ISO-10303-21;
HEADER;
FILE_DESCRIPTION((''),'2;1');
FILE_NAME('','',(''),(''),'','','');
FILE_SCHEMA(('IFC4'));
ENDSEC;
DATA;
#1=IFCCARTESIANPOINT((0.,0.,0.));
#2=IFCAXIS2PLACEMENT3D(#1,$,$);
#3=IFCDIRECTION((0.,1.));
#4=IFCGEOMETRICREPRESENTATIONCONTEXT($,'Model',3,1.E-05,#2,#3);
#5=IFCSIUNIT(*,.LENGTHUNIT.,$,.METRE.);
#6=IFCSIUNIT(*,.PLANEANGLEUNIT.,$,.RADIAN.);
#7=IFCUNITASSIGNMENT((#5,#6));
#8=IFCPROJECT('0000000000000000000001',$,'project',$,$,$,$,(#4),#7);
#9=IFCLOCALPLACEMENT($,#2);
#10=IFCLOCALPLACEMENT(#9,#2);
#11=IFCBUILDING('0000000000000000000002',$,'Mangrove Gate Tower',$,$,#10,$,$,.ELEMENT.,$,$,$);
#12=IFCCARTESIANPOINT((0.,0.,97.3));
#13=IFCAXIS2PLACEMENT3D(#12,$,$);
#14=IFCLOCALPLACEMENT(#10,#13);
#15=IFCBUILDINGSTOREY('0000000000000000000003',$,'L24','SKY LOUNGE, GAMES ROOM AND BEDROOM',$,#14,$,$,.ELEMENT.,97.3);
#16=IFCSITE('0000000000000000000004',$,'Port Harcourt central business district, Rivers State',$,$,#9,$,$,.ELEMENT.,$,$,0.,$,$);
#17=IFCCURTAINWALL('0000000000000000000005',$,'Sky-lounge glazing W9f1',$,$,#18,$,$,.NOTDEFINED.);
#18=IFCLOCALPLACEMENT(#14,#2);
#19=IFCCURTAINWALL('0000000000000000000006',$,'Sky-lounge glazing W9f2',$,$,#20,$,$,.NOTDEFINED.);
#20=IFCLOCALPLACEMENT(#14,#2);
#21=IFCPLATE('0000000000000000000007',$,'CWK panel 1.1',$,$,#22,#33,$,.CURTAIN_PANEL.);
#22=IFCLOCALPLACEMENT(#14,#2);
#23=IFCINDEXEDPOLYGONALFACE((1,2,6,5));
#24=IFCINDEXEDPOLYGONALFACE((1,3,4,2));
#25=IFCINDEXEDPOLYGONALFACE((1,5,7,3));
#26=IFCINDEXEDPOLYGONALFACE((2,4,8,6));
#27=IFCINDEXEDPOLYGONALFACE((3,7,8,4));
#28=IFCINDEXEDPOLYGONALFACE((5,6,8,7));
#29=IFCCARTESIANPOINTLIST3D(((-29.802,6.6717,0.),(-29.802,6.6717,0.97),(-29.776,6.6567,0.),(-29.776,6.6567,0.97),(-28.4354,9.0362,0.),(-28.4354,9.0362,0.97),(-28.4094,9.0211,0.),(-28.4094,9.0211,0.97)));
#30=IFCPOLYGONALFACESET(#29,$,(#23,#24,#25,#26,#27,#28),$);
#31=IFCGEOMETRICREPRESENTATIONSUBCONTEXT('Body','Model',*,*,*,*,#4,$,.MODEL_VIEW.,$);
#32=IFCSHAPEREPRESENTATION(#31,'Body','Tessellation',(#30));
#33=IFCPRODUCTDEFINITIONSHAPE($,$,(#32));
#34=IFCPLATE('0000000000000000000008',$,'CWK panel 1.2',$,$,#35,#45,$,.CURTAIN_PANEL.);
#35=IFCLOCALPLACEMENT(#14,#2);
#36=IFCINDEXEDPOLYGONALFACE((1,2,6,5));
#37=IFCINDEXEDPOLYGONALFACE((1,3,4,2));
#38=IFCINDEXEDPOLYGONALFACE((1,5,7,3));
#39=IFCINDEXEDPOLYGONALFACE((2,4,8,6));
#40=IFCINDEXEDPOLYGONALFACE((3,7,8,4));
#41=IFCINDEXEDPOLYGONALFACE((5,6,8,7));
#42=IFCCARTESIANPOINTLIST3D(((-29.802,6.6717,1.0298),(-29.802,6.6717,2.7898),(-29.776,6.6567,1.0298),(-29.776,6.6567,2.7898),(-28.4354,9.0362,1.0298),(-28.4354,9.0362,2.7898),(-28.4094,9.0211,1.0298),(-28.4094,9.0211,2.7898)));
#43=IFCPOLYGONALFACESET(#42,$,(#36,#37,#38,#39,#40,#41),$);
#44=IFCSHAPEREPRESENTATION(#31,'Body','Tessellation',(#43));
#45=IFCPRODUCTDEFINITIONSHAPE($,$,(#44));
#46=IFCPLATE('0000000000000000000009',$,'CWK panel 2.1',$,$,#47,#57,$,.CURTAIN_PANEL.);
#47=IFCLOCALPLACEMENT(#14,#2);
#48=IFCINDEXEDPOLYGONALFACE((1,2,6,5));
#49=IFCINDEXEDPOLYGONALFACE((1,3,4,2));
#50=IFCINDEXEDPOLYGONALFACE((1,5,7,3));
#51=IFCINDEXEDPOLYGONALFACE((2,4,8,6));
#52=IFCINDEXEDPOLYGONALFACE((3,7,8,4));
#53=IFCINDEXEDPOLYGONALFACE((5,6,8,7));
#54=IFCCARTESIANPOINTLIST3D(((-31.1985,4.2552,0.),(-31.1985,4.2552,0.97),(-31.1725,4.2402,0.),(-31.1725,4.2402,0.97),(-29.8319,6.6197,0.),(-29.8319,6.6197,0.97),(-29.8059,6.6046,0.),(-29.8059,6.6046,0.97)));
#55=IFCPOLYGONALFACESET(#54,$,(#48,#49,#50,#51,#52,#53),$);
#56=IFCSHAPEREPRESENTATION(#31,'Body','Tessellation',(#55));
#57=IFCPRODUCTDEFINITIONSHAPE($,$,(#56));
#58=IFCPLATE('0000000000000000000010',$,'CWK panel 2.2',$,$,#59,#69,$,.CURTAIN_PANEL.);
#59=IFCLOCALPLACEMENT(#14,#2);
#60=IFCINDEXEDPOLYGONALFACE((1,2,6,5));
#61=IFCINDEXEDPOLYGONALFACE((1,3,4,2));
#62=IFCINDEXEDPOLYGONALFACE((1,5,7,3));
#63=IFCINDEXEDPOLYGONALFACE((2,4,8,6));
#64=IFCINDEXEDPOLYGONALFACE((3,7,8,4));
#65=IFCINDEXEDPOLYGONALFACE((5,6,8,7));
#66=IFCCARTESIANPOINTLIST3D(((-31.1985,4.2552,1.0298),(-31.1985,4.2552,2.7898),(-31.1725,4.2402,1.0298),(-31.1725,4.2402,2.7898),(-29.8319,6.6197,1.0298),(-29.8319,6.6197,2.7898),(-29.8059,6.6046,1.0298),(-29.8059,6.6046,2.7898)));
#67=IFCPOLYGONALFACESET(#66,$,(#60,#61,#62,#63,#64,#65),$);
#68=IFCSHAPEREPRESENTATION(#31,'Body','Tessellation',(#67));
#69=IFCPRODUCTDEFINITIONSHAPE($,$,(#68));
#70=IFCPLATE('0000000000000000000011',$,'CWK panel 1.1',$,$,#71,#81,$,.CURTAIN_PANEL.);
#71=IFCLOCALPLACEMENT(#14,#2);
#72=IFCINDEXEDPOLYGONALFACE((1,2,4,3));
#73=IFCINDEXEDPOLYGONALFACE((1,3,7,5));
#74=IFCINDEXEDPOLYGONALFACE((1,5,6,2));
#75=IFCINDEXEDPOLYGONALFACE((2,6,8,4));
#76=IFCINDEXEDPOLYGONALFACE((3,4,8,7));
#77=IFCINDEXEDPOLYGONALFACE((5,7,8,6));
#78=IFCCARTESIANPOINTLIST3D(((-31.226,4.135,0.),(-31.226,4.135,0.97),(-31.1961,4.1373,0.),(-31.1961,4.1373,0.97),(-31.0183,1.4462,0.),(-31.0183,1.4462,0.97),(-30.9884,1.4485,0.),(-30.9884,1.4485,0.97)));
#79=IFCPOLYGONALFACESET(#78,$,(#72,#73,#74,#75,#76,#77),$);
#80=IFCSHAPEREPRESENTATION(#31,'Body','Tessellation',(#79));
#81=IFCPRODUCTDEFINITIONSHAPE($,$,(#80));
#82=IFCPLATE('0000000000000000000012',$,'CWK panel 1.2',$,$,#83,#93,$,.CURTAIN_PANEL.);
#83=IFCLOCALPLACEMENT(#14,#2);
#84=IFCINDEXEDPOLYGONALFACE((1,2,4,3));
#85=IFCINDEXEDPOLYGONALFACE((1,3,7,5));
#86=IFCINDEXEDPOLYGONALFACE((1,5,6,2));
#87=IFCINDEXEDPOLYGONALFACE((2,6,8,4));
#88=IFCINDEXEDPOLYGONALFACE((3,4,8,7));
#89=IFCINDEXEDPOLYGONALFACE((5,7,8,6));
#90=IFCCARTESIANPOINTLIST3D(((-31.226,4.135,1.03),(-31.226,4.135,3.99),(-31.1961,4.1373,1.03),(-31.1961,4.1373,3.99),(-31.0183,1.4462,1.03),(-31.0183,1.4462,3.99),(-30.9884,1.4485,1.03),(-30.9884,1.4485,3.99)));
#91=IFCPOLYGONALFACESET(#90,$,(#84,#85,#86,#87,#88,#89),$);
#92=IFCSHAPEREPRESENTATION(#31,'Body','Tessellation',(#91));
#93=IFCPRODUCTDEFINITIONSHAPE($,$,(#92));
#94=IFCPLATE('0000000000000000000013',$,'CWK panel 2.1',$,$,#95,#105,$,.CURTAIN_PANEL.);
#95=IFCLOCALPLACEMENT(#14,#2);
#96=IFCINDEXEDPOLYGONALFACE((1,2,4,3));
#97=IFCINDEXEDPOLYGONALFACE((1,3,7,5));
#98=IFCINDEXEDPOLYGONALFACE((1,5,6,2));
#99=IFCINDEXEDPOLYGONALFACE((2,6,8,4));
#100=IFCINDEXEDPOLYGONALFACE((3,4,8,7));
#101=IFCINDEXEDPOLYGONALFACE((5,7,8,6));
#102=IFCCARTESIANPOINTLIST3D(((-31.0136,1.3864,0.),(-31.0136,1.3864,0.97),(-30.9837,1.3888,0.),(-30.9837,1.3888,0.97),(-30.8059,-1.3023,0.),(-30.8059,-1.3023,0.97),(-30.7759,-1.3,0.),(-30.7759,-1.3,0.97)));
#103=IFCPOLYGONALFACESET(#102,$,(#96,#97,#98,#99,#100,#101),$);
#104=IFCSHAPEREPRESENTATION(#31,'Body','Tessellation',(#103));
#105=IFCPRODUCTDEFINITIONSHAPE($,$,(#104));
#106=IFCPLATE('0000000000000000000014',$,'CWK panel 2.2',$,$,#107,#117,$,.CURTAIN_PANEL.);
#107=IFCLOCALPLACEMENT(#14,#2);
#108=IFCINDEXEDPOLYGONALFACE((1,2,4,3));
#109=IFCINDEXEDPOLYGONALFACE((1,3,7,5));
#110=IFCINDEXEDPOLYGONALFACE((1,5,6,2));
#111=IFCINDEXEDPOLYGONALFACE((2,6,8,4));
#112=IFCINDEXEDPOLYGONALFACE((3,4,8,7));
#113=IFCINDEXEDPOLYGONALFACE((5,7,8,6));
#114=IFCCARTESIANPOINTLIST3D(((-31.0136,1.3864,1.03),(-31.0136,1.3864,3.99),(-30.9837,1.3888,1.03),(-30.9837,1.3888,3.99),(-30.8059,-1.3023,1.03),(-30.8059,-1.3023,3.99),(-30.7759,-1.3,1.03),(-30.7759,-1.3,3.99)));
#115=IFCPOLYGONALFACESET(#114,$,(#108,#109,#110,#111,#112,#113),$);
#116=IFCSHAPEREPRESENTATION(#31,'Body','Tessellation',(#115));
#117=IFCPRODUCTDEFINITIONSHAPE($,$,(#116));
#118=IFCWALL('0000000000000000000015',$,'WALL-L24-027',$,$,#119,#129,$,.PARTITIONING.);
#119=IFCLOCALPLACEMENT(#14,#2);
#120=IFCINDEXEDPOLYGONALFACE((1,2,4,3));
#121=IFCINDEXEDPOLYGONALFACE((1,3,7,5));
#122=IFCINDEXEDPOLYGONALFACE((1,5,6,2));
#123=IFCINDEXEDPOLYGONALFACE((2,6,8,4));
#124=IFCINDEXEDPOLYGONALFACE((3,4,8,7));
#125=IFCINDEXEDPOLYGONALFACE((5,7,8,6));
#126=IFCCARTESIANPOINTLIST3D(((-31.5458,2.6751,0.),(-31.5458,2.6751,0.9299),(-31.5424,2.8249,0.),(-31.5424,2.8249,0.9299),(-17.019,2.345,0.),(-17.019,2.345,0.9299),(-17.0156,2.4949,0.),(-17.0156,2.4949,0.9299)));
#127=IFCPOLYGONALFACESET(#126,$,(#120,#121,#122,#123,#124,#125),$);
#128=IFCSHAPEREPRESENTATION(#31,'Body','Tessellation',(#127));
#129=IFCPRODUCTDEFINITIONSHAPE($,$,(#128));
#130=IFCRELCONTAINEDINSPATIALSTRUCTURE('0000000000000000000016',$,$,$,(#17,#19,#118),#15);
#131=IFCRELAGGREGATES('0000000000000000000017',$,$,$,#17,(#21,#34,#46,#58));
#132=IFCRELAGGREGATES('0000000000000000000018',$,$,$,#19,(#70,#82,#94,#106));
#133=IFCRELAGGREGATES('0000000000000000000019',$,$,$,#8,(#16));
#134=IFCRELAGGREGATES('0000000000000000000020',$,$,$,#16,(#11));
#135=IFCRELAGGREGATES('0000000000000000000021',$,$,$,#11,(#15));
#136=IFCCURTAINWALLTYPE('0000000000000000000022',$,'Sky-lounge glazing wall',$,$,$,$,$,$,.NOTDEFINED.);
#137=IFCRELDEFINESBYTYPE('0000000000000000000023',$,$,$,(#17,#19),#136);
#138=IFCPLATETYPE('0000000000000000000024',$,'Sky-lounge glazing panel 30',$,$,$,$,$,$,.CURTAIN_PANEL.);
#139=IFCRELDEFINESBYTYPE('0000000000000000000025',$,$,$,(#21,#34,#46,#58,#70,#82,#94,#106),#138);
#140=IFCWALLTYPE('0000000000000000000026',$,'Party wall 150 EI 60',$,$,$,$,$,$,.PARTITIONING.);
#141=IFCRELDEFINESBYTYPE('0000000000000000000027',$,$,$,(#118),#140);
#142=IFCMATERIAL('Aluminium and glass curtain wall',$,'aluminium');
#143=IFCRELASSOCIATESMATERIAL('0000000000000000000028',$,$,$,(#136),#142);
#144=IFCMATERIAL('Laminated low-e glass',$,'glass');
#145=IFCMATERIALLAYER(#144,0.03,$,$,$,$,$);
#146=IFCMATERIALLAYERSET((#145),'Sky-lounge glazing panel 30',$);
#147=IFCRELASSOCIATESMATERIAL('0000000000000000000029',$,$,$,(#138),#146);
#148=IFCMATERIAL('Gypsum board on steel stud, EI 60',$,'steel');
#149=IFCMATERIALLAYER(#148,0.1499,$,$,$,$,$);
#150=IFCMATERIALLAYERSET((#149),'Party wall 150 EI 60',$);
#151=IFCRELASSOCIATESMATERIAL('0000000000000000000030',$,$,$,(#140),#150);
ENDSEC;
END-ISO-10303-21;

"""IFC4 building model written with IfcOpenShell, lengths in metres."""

from ifc_helpers import new_model, si_unit, direction, frame, frame_2d, origin, origin_2d, place, context, subcontext, project, spatial, rectangle, extrude, material, layer, layer_set, type_object, element, aggregate, save


model = new_model("IFC4")

# Units and contexts
model_context = context("Model", 3, precision=1e-05, world=origin(), true_north=direction((0.0, 1.0)))
body_context = subcontext(model_context, "Body", "Model", "MODEL_VIEW")
ifc_project = project(units=[si_unit("LENGTHUNIT", "METRE"), si_unit("PLANEANGLEUNIT", "RADIAN")], contexts=[model_context])

# Site, building, storey
site_placement = place(None, origin())
site = spatial("IfcSite", under=ifc_project, at=site_placement, Name="Port Harcourt central business district, Rivers State", CompositionType="ELEMENT", RefElevation=0.0)
building_placement = place(site_placement, origin())
building = spatial("IfcBuilding", under=site, at=building_placement, Name="Mangrove Gate Tower", CompositionType="ELEMENT")
storey_placement = place(building_placement, frame((0.0, 0.0, 97.3)))
storey = spatial("IfcBuildingStorey", under=building, at=storey_placement, Name="L24", Description="SKY LOUNGE, GAMES ROOM AND BEDROOM", CompositionType="ELEMENT", Elevation=97.3)

# Curtain walls
ifc_material_1 = material(Name="Aluminium and glass curtain wall", Category="aluminium")
curtain_wall_type = type_object("IfcCurtainWallType", Name="Sky-lounge glazing wall", PredefinedType="NOTDEFINED", material=ifc_material_1)
curtain_wall_1_placement = place(storey_placement, origin())
curtain_wall_1 = element("IfcCurtainWall", 1, at=curtain_wall_1_placement, inside=storey, type_object=curtain_wall_type, Name="Sky-lounge glazing W9f1", PredefinedType="NOTDEFINED")
curtain_wall_2_placement = place(storey_placement, origin())
curtain_wall_2 = element("IfcCurtainWall", 2, at=curtain_wall_2_placement, inside=storey, type_object=curtain_wall_type, Name="Sky-lounge glazing W9f2", PredefinedType="NOTDEFINED")

# Plates
ifc_material_2 = material(Name="Laminated low-e glass", Category="glass")
ifc_layer_1 = layer(ifc_material_2, 0.03)
ifc_layer_set_1 = layer_set([ifc_layer_1], Name="Sky-lounge glazing panel 30")
plate_type = type_object("IfcPlateType", Name="Sky-lounge glazing panel 30", PredefinedType="CURTAIN_PANEL", material=ifc_layer_set_1)
plate_1_placement = place(storey_placement, frame((-29.1057, 7.8464, 0.0), z_axis=(0.0, 0.0, 1.0), x_axis=(-0.500418, -0.865784, 0.0)))
plate_1 = element("IfcPlate", 3, at=plate_1_placement, type_object=plate_type, Name="CWK panel 1.1", PredefinedType="CURTAIN_PANEL", context=body_context, shape_type="SweptSolid", body=[
    extrude(rectangle(XDim=2.731, YDim=0.03, at=origin_2d()), origin(), (0.0, 0.0, 1.0), 0.97),
])
plate_2_placement = place(storey_placement, frame((-29.1057, 7.8464, 1.0298), z_axis=(0.0, 0.0, 1.0), x_axis=(-0.500418, -0.865784, 0.0)))
plate_2 = element("IfcPlate", 4, at=plate_2_placement, type_object=plate_type, Name="CWK panel 1.2", PredefinedType="CURTAIN_PANEL", context=body_context, shape_type="SweptSolid", body=[
    extrude(rectangle(XDim=2.731, YDim=0.03, at=origin_2d()), origin(), (0.0, 0.0, 1.0), 1.76),
])
plate_3_placement = place(storey_placement, frame((-30.5022, 5.4299, 0.0), z_axis=(0.0, 0.0, 1.0), x_axis=(-0.500418, -0.865784, 0.0)))
plate_3 = element("IfcPlate", 5, at=plate_3_placement, type_object=plate_type, Name="CWK panel 2.1", PredefinedType="CURTAIN_PANEL", context=body_context, shape_type="SweptSolid", body=[
    extrude(rectangle(XDim=2.731, YDim=0.03, at=origin_2d()), origin(), (0.0, 0.0, 1.0), 0.97),
])
plate_4_placement = place(storey_placement, frame((-30.5022, 5.4299, 1.0298), z_axis=(0.0, 0.0, 1.0), x_axis=(-0.500418, -0.865784, 0.0)))
plate_4 = element("IfcPlate", 6, at=plate_4_placement, type_object=plate_type, Name="CWK panel 2.2", PredefinedType="CURTAIN_PANEL", context=body_context, shape_type="SweptSolid", body=[
    extrude(rectangle(XDim=2.731, YDim=0.03, at=origin_2d()), origin(), (0.0, 0.0, 1.0), 1.76),
])
aggregate(curtain_wall_1, [plate_1, plate_2, plate_3, plate_4])
plate_5_placement = place(storey_placement, frame((-31.1072, 2.7917, 0.0), z_axis=(0.0, 0.0, 1.0), x_axis=(0.077023, -0.997029, 0.0)))
plate_5 = element("IfcPlate", 7, at=plate_5_placement, type_object=plate_type, Name="CWK panel 1.1", PredefinedType="CURTAIN_PANEL", context=body_context, shape_type="SweptSolid", body=[
    extrude(rectangle(XDim=2.6968, YDim=0.03, at=origin_2d()), origin(), (0.0, 0.0, 1.0), 0.97),
])
plate_6_placement = place(storey_placement, frame((-31.1072, 2.7917, 1.03), z_axis=(0.0, 0.0, 1.0), x_axis=(0.077023, -0.997029, 0.0)))
plate_6 = element("IfcPlate", 8, at=plate_6_placement, type_object=plate_type, Name="CWK panel 1.2", PredefinedType="CURTAIN_PANEL", context=body_context, shape_type="SweptSolid", body=[
    extrude(rectangle(XDim=2.6968, YDim=0.03, at=origin_2d()), origin(), (0.0, 0.0, 1.0), 2.96),
])
plate_7_placement = place(storey_placement, frame((-30.8948, 0.0432, 0.0), z_axis=(0.0, 0.0, 1.0), x_axis=(0.077023, -0.997029, 0.0)))
plate_7 = element("IfcPlate", 9, at=plate_7_placement, type_object=plate_type, Name="CWK panel 2.1", PredefinedType="CURTAIN_PANEL", context=body_context, shape_type="SweptSolid", body=[
    extrude(rectangle(XDim=2.6968, YDim=0.03, at=origin_2d()), origin(), (0.0, 0.0, 1.0), 0.97),
])
plate_8_placement = place(storey_placement, frame((-30.8948, 0.0432, 1.03), z_axis=(0.0, 0.0, 1.0), x_axis=(0.077023, -0.997029, 0.0)))
plate_8 = element("IfcPlate", 10, at=plate_8_placement, type_object=plate_type, Name="CWK panel 2.2", PredefinedType="CURTAIN_PANEL", context=body_context, shape_type="SweptSolid", body=[
    extrude(rectangle(XDim=2.6968, YDim=0.03, at=origin_2d()), origin(), (0.0, 0.0, 1.0), 2.96),
])
aggregate(curtain_wall_2, [plate_5, plate_6, plate_7, plate_8])

# Wall
ifc_material_3 = material(Name="Gypsum board on steel stud, EI 60", Category="steel")
ifc_layer_2 = layer(ifc_material_3, 0.1499)
ifc_layer_set_2 = layer_set([ifc_layer_2], Name="Party wall 150 EI 60")
wall_type = type_object("IfcWallType", Name="Party wall 150 EI 60", PredefinedType="PARTITIONING", material=ifc_layer_set_2)
wall_placement = place(storey_placement, frame((-31.5439, 2.75, 0.0), z_axis=(0.0, 0.0, 1.0), x_axis=(0.999742, -0.022716, 0.0)))
element("IfcWall", 11, at=wall_placement, inside=storey, type_object=wall_type, Name="WALL-L24-027", PredefinedType="PARTITIONING", context=body_context, shape_type="SweptSolid", body=[
    extrude(rectangle(XDim=14.5305, YDim=0.1499, at=frame_2d((7.2651, 0.0))), origin(), (0.0, 0.0, 1.0), 0.9299),
])

save(model, "model.ifc")
